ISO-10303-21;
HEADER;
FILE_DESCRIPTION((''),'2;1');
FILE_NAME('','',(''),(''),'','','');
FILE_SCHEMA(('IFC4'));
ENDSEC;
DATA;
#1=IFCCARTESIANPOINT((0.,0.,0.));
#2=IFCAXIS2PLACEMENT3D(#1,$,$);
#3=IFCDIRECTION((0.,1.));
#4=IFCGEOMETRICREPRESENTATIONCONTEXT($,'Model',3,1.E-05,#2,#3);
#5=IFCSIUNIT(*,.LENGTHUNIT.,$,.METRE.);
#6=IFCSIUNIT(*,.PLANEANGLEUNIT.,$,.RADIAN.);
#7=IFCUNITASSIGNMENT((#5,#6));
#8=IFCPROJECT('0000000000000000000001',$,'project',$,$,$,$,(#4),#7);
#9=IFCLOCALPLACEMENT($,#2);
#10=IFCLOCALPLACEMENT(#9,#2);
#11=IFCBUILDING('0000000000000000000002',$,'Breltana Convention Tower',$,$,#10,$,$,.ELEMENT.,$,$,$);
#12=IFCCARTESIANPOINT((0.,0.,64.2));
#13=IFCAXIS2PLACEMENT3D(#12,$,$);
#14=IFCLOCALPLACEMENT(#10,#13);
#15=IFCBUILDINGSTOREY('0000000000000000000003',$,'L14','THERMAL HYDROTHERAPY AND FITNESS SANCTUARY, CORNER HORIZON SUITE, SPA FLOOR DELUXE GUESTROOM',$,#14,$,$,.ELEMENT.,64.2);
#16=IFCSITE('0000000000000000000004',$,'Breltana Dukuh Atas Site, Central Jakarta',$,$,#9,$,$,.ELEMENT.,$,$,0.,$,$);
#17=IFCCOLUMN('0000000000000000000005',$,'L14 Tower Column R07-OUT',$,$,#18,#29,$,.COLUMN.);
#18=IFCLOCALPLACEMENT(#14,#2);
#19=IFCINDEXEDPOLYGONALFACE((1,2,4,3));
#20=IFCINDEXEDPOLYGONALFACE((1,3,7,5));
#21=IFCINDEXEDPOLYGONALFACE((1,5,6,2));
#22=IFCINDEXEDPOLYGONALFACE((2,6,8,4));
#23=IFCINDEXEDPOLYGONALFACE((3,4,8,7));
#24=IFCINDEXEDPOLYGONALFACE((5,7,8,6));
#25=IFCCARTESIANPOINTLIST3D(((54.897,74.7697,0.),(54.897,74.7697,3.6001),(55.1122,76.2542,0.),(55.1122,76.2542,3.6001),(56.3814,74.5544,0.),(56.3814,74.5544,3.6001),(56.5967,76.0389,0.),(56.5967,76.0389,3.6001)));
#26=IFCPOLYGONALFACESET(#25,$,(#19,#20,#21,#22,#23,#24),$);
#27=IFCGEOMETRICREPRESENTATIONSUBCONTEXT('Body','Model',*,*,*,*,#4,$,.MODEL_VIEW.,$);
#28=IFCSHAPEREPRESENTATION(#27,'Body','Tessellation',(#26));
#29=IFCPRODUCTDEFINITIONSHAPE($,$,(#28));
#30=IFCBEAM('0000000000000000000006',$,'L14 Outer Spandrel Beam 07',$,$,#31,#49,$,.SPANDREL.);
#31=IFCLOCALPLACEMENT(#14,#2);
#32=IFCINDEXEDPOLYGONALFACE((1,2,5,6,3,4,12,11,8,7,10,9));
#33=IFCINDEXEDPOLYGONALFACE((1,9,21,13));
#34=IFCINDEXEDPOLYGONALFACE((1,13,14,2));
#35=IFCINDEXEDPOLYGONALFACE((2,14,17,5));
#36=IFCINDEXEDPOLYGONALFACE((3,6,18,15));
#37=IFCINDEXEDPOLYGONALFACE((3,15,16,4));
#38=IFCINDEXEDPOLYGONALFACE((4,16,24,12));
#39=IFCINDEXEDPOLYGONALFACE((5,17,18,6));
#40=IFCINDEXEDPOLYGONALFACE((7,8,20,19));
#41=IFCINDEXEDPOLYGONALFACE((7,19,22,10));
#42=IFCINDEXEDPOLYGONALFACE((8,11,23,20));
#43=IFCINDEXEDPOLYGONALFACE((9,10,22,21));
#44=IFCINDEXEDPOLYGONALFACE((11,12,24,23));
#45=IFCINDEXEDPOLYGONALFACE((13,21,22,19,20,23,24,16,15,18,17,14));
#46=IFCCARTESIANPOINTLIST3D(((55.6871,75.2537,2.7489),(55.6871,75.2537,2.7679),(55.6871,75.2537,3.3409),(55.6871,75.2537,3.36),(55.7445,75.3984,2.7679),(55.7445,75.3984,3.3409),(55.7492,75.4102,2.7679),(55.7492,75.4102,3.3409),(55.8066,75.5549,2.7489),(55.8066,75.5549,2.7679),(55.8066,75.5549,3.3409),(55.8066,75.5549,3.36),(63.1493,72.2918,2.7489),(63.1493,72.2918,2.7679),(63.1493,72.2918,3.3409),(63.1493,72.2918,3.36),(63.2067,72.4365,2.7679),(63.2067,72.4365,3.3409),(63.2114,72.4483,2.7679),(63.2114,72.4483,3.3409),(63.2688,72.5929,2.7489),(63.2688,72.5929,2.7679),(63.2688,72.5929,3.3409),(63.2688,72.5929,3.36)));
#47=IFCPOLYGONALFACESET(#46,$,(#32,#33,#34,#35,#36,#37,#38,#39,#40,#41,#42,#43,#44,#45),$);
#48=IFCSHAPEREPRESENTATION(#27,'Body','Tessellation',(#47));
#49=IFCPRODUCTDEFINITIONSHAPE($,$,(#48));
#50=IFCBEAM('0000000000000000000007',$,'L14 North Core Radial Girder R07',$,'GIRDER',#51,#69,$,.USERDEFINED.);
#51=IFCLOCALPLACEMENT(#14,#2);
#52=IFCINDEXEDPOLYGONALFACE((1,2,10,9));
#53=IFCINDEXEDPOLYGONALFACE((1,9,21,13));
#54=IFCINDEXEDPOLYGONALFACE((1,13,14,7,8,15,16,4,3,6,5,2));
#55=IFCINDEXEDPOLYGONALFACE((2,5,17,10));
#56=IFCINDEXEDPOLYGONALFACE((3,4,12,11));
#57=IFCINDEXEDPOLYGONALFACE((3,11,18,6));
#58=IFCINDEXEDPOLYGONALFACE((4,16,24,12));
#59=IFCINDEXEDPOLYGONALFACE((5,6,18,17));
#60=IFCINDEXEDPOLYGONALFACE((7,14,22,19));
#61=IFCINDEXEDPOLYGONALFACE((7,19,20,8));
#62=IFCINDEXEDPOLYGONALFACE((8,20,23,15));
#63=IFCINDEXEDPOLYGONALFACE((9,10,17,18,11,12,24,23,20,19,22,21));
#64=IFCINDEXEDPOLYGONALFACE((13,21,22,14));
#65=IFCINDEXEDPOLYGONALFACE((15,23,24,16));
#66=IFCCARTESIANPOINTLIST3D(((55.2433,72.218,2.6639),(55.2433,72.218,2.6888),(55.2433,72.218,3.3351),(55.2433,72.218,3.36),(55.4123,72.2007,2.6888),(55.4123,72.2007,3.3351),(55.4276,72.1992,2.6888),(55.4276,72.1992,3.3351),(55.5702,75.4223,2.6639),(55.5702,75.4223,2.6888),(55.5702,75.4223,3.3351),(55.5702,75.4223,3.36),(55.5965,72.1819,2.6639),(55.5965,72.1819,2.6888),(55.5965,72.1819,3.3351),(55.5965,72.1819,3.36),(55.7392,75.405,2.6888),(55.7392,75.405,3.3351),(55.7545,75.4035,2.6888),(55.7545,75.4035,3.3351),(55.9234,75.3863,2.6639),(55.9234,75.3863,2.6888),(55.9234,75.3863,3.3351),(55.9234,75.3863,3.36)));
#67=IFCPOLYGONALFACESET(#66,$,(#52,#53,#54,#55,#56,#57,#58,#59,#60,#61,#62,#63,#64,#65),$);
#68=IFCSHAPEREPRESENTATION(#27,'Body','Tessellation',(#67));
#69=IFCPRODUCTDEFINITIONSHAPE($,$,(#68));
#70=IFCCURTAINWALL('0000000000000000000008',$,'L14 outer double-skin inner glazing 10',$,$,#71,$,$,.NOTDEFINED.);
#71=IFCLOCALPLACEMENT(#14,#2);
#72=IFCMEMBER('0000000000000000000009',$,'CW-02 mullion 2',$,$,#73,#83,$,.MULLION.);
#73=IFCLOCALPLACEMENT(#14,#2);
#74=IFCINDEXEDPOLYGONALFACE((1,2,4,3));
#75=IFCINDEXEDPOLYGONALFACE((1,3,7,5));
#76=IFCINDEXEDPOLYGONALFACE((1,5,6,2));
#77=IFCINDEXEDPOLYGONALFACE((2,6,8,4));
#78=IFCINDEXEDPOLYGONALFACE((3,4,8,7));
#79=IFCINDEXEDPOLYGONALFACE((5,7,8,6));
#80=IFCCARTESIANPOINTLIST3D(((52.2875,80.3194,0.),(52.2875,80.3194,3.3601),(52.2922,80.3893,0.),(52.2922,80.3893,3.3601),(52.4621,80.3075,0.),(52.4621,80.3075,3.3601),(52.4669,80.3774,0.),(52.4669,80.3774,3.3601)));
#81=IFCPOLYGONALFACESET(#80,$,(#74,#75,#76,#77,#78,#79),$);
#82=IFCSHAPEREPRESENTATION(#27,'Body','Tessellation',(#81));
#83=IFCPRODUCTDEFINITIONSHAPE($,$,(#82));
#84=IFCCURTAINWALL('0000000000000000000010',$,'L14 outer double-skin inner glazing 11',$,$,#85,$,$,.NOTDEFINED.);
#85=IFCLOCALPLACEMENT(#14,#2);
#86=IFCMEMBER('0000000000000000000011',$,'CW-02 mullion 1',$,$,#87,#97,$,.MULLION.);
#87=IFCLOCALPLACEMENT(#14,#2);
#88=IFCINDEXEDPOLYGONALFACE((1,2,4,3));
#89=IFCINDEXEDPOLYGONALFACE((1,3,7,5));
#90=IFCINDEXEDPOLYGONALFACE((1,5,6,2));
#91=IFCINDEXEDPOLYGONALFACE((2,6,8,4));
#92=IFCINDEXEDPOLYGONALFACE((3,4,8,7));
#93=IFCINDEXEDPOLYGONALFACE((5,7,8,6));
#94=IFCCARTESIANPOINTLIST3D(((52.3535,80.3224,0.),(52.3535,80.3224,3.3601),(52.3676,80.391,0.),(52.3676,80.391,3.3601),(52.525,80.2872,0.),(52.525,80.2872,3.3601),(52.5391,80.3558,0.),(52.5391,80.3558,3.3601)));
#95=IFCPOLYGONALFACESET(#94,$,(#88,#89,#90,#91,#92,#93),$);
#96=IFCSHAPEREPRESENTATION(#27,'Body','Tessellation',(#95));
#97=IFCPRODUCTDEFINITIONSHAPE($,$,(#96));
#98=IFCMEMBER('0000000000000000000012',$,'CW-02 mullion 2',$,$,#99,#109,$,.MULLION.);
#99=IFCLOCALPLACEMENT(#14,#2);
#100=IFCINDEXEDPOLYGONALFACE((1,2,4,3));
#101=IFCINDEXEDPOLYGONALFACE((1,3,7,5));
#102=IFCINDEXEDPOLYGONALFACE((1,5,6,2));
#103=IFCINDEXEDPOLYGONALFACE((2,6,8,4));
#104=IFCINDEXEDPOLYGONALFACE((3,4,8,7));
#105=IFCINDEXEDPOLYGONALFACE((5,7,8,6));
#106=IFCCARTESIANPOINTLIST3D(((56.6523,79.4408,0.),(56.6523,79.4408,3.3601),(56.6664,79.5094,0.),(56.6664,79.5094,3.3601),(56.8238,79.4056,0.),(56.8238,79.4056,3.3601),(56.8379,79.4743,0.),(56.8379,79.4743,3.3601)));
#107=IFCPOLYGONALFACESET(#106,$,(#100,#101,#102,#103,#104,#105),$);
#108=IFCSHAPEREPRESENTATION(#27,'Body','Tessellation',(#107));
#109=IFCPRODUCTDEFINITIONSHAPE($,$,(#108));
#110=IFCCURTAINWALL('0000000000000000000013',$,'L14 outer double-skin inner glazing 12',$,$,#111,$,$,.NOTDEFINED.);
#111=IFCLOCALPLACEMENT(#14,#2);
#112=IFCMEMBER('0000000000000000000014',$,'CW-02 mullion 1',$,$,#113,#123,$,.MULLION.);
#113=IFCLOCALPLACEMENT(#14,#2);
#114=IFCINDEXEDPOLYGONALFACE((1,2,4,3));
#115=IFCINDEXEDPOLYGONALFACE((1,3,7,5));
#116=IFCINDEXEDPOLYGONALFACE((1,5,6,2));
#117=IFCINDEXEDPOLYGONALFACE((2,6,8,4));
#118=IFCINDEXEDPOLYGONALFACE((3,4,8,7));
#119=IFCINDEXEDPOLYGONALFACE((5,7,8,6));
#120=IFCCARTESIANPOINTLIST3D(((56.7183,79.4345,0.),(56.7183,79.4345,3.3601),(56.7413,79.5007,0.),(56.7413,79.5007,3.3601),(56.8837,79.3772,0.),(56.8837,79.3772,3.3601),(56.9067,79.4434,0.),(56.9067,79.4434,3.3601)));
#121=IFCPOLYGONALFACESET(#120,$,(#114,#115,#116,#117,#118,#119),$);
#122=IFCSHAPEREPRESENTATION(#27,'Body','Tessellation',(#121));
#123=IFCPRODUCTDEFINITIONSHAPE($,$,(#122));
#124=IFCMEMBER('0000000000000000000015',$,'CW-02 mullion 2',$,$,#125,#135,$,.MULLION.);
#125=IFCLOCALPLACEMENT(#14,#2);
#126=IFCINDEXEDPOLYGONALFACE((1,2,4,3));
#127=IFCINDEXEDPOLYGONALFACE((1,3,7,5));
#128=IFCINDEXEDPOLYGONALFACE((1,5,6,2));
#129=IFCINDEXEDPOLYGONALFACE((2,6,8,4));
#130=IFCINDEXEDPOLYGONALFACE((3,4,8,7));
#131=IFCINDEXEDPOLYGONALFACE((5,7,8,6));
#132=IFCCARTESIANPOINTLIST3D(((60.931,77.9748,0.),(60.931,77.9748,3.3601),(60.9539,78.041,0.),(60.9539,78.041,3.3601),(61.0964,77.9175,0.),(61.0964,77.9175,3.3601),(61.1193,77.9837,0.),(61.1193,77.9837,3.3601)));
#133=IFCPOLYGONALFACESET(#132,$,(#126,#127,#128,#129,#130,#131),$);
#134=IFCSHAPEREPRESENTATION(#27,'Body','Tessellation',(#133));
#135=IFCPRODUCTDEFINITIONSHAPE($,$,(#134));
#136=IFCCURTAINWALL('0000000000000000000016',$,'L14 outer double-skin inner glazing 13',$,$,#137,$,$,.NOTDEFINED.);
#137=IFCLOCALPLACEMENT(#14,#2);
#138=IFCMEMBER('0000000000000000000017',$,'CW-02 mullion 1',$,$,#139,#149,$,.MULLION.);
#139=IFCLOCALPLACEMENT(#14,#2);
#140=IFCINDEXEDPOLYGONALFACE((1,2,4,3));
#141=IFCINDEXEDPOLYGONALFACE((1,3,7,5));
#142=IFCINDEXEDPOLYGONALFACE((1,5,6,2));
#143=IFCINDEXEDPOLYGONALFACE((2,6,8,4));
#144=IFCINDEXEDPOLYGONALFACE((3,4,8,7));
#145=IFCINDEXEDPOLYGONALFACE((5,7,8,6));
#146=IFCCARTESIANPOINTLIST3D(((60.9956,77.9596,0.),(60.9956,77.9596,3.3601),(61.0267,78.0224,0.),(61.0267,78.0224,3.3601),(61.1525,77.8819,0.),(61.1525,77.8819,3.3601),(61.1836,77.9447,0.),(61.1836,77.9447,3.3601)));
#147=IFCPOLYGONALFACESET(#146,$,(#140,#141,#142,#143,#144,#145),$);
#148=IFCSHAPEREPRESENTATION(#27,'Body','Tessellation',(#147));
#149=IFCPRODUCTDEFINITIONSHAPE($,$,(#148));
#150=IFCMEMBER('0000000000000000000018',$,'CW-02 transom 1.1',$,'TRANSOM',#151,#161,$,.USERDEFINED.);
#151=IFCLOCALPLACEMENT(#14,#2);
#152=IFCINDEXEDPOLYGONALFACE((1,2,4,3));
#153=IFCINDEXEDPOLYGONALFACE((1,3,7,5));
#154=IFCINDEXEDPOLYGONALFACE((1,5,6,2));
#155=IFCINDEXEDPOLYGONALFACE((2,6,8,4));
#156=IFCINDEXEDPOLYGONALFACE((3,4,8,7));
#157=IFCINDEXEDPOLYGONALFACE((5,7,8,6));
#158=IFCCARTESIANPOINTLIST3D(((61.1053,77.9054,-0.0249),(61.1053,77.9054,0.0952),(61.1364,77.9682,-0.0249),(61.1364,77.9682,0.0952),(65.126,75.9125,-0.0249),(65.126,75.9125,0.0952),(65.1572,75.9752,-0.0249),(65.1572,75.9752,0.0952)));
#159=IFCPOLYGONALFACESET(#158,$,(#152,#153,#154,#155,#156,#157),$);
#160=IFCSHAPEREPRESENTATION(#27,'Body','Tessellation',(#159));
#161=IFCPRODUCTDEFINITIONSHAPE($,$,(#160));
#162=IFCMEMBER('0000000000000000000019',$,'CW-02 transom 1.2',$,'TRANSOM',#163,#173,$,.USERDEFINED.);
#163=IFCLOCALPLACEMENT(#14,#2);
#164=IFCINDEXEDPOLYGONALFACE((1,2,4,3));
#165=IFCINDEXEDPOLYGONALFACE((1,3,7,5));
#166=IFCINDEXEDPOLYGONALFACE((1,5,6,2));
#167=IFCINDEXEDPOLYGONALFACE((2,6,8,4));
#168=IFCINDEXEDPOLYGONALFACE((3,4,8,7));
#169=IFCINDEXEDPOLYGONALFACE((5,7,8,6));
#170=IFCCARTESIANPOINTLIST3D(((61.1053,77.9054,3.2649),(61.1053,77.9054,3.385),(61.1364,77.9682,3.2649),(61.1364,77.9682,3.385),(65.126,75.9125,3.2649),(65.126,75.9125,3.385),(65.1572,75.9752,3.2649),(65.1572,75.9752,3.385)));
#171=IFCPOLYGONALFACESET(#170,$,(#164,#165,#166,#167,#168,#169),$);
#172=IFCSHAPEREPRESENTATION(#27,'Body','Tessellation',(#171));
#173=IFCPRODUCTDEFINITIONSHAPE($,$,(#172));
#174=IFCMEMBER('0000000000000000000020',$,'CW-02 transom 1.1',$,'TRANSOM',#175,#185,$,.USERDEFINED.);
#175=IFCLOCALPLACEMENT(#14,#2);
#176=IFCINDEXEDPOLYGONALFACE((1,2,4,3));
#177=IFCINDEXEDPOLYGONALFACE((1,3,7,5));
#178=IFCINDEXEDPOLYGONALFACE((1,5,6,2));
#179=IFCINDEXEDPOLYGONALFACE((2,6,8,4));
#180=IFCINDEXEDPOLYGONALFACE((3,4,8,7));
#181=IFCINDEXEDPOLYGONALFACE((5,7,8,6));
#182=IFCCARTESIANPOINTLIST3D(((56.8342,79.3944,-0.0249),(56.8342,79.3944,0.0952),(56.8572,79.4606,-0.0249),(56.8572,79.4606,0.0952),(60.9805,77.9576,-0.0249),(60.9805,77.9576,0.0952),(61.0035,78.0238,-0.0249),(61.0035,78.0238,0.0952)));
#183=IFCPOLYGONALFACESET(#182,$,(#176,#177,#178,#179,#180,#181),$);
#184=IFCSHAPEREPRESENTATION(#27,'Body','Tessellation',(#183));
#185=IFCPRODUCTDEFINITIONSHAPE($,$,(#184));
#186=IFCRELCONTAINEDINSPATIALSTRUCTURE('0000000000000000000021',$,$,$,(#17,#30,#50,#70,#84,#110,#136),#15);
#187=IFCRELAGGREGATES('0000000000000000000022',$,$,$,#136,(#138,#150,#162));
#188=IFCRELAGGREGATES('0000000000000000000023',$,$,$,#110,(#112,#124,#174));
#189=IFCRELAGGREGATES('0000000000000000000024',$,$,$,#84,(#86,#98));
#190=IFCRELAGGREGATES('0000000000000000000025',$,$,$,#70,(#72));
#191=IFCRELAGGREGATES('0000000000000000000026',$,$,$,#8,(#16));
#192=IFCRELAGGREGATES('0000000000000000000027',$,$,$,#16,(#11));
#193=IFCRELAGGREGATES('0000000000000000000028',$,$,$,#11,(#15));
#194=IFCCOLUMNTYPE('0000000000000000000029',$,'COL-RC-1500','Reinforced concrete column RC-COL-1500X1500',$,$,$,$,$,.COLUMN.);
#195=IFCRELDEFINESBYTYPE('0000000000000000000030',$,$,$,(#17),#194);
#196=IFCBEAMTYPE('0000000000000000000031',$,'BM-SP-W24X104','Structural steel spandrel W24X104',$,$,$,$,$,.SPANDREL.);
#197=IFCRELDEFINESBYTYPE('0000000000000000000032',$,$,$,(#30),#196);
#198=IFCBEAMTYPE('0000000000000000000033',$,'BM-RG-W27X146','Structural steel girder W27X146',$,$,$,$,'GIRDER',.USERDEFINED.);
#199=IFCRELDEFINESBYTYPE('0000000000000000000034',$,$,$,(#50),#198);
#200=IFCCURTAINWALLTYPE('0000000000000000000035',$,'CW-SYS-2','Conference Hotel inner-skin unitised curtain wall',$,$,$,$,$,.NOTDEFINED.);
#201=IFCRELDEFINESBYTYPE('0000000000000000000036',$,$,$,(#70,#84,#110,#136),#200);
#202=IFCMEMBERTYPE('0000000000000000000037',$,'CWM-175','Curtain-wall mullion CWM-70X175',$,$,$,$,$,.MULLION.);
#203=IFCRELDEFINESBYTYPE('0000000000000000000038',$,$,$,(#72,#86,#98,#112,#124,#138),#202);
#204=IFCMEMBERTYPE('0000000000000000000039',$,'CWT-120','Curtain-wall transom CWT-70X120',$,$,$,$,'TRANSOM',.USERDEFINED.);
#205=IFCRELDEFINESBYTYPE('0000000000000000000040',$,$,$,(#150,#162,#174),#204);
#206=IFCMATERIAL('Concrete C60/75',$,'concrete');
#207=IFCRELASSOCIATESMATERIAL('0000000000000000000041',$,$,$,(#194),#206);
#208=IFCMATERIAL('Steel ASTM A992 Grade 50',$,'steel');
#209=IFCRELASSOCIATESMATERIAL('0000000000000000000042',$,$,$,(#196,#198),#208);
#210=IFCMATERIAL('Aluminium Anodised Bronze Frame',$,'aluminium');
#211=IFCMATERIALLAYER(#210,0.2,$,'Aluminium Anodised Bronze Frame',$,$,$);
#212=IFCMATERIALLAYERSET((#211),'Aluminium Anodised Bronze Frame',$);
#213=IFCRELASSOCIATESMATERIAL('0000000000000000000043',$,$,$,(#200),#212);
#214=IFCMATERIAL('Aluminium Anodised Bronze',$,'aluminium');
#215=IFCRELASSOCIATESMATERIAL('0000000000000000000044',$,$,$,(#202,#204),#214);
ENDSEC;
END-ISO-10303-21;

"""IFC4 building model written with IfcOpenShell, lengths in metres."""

from ifc_helpers import new_model, si_unit, direction, frame, origin, origin_2d, place, context, subcontext, project, spatial, rectangle, i_section, extrude, source, transform, mapped, material, layer, layer_set, material_profile, profile_set, type_object, type_shapes, element, aggregate, save


model = new_model("IFC4")

# Units and contexts
model_context = context("Model", 3, precision=1e-05, world=origin(), true_north=direction((0.0, 1.0)))
body_context = subcontext(model_context, "Body", "Model", "MODEL_VIEW")
ifc_project = project(units=[si_unit("LENGTHUNIT", "METRE"), si_unit("PLANEANGLEUNIT", "RADIAN")], contexts=[model_context])

# Site, building, storey
site_placement = place(None, origin())
site = spatial("IfcSite", under=ifc_project, at=site_placement, Name="Breltana Dukuh Atas Site, Central Jakarta", CompositionType="ELEMENT", RefElevation=0.0)
building_placement = place(site_placement, origin())
building = spatial("IfcBuilding", under=site, at=building_placement, Name="Breltana Convention Tower", CompositionType="ELEMENT")
storey_placement = place(building_placement, frame((0.0, 0.0, 64.2)))
storey = spatial("IfcBuildingStorey", under=building, at=storey_placement, Name="L14", Description="THERMAL HYDROTHERAPY AND FITNESS SANCTUARY, CORNER HORIZON SUITE, SPA FLOOR DELUXE GUESTROOM", CompositionType="ELEMENT", Elevation=64.2)

# Column
ifc_material_1 = material(Name="Concrete C60/75", Category="concrete")
ifc_material_profile_1 = material_profile(ifc_material_1, rectangle(XDim=1.5, YDim=1.5, at=origin_2d()), Name="RC-COL-1500X1500")
ifc_profile_set_1 = profile_set([ifc_material_profile_1], Name="Concrete C60/75")
column_type = type_object("IfcColumnType", Name="COL-RC-1500", Description="Reinforced concrete column RC-COL-1500X1500", PredefinedType="COLUMN", material=ifc_profile_set_1)
shared_shape_1 = source(origin(), body_context, "Body", "SweptSolid", [
    extrude(rectangle(XDim=1.5, YDim=1.5, at=origin_2d()), origin(), (0.0, 0.0, 1.0), 3.6001),
])
column_placement = place(storey_placement, frame((55.7468, 75.4043, 0.0), z_axis=(0.0, 0.0, 1.0), x_axis=(0.143493, 0.989651, 0.0)))
element("IfcColumn", 1, at=column_placement, inside=storey, type_object=column_type, Name="L14 Tower Column R07-OUT", PredefinedType="COLUMN", context=body_context, shape_type="MappedRepresentation", body=[
    mapped(shared_shape_1, transform((0.0, 0.0, 0.0), scale=1.0)),
])

# Beams
ifc_material_2 = material(Name="Steel ASTM A992 Grade 50", Category="steel")
ifc_material_profile_2 = material_profile(ifc_material_2, i_section(OverallWidth=0.324, OverallDepth=0.6111, WebThickness=0.0127, FlangeThickness=0.019, at=origin_2d()), Name="W24X104")
ifc_profile_set_2 = profile_set([ifc_material_profile_2], Name="Steel ASTM A992 Grade 50")
beam_type_1 = type_object("IfcBeamType", Name="BM-SP-W24X104", Description="Structural steel spandrel W24X104", PredefinedType="SPANDREL", material=ifc_profile_set_2)
shared_shape_2 = source(origin(), body_context, "Body", "SweptSolid", [
    extrude(i_section(OverallWidth=0.324, OverallDepth=0.6111, WebThickness=0.0127, FlangeThickness=0.019, at=origin_2d()), origin(), (0.0, 0.0, 1.0), 8.0286),
])
beam_1_placement = place(storey_placement, frame((55.7468, 75.4043, 3.0544), z_axis=(0.929459, -0.368925, 0.0), x_axis=(0.368925, 0.929459, 0.0)))
element("IfcBeam", 2, at=beam_1_placement, inside=storey, type_object=beam_type_1, Name="L14 Outer Spandrel Beam 07", PredefinedType="SPANDREL", context=body_context, shape_type="MappedRepresentation", body=[
    mapped(shared_shape_2, transform((0.0, 0.0, 0.0), scale=1.0)),
])
ifc_material_profile_3 = material_profile(ifc_material_2, i_section(OverallWidth=0.355, OverallDepth=0.696, WebThickness=0.0154, FlangeThickness=0.0249, at=origin_2d()), Name="W27X146")
ifc_profile_set_3 = profile_set([ifc_material_profile_3], Name="Steel ASTM A992 Grade 50")
beam_type_2 = type_object("IfcBeamType", Name="BM-RG-W27X146", Description="Structural steel girder W27X146", ElementType="GIRDER", PredefinedType="USERDEFINED", material=ifc_profile_set_3)
shared_shape_3 = source(origin(), body_context, "Body", "SweptSolid", [
    extrude(i_section(OverallWidth=0.355, OverallDepth=0.696, WebThickness=0.0154, FlangeThickness=0.0249, at=origin_2d()), origin(), (0.0, 0.0, 1.0), 3.2209),
])
beam_2_placement = place(storey_placement, frame((55.4199, 72.2, 3.012), z_axis=(0.101492, 0.994836, 0.0), x_axis=(-0.994836, 0.101492, 0.0)))
element("IfcBeam", 3, at=beam_2_placement, inside=storey, type_object=beam_type_2, Name="L14 North Core Radial Girder R07", ObjectType="GIRDER", PredefinedType="USERDEFINED", context=body_context, shape_type="MappedRepresentation", body=[
    mapped(shared_shape_3, transform((0.0, 0.0, 0.0), scale=1.0)),
])

# Curtain wall, member
ifc_material_3 = material(Name="Aluminium Anodised Bronze Frame", Category="aluminium")
ifc_layer_1 = layer(ifc_material_3, 0.2, Name="Aluminium Anodised Bronze Frame")
ifc_layer_set_1 = layer_set([ifc_layer_1], Name="Aluminium Anodised Bronze Frame")
curtain_wall_type = type_object("IfcCurtainWallType", Name="CW-SYS-2", Description="Conference Hotel inner-skin unitised curtain wall", PredefinedType="NOTDEFINED", material=ifc_layer_set_1)
curtain_wall_1_placement = place(storey_placement, origin())
curtain_wall_1 = element("IfcCurtainWall", 4, at=curtain_wall_1_placement, inside=storey, type_object=curtain_wall_type, Name="L14 outer double-skin inner glazing 10", PredefinedType="NOTDEFINED")
ifc_material_4 = material(Name="Aluminium Anodised Bronze", Category="aluminium")
ifc_material_profile_4 = material_profile(ifc_material_4, rectangle(XDim=0.0701, YDim=0.175, at=origin_2d()), Name="CWM-70X175")
ifc_profile_set_4 = profile_set([ifc_material_profile_4], Name="Aluminium Anodised Bronze")
member_type_1 = type_object("IfcMemberType", Name="CWM-175", Description="Curtain-wall mullion CWM-70X175", PredefinedType="MULLION", material=ifc_profile_set_4)
shared_shape_4 = source(origin(), body_context, "Body", "SweptSolid", [
    extrude(rectangle(XDim=0.0701, YDim=0.175, at=origin_2d()), origin(), (0.0, 0.0, 1.0), 3.3601),
])
type_shapes(member_type_1, [shared_shape_4])
member_1_placement = place(storey_placement, frame((52.3772, 80.3484, 0.0), z_axis=(0.0, 0.0, 1.0), x_axis=(0.067726, 0.997704, 0.0)))
member_1 = element("IfcMember", 5, at=member_1_placement, type_object=member_type_1, Name="CW-02 mullion 2", PredefinedType="MULLION", context=body_context, shape_type="MappedRepresentation", body=[
    mapped(shared_shape_4, transform((0.0, 0.0, 0.0), scale=1.0)),
])

# Curtain walls, members
curtain_wall_2_placement = place(storey_placement, origin())
curtain_wall_2 = element("IfcCurtainWall", 6, at=curtain_wall_2_placement, inside=storey, type_object=curtain_wall_type, Name="L14 outer double-skin inner glazing 11", PredefinedType="NOTDEFINED")
member_2_placement = place(storey_placement, frame((52.4463, 80.3391, 0.0), z_axis=(0.0, 0.0, 1.0), x_axis=(0.200885, 0.979615, 0.0)))
member_2 = element("IfcMember", 7, at=member_2_placement, type_object=member_type_1, Name="CW-02 mullion 1", PredefinedType="MULLION", context=body_context, shape_type="MappedRepresentation", body=[
    mapped(shared_shape_4, transform((0.0, 0.0, 0.0), scale=1.0)),
])
member_3_placement = place(storey_placement, frame((56.7451, 79.4575, 0.0), z_axis=(0.0, 0.0, 1.0), x_axis=(0.200885, 0.979615, 0.0)))
member_3 = element("IfcMember", 8, at=member_3_placement, type_object=member_type_1, Name="CW-02 mullion 2", PredefinedType="MULLION", context=body_context, shape_type="MappedRepresentation", body=[
    mapped(shared_shape_4, transform((0.0, 0.0, 0.0), scale=1.0)),
])
curtain_wall_3_placement = place(storey_placement, origin())
curtain_wall_3 = element("IfcCurtainWall", 9, at=curtain_wall_3_placement, inside=storey, type_object=curtain_wall_type, Name="L14 outer double-skin inner glazing 12", PredefinedType="NOTDEFINED")
member_4_placement = place(storey_placement, frame((56.8125, 79.439, 0.0), z_axis=(0.0, 0.0, 1.0), x_axis=(0.327428, 0.944876, 0.0)))
member_4 = element("IfcMember", 10, at=member_4_placement, type_object=member_type_1, Name="CW-02 mullion 1", PredefinedType="MULLION", context=body_context, shape_type="MappedRepresentation", body=[
    mapped(shared_shape_4, transform((0.0, 0.0, 0.0), scale=1.0)),
])
member_5_placement = place(storey_placement, frame((61.0251, 77.9792, 0.0), z_axis=(0.0, 0.0, 1.0), x_axis=(0.327428, 0.944876, 0.0)))
member_5 = element("IfcMember", 11, at=member_5_placement, type_object=member_type_1, Name="CW-02 mullion 2", PredefinedType="MULLION", context=body_context, shape_type="MappedRepresentation", body=[
    mapped(shared_shape_4, transform((0.0, 0.0, 0.0), scale=1.0)),
])
curtain_wall_4_placement = place(storey_placement, origin())
curtain_wall_4 = element("IfcCurtainWall", 12, at=curtain_wall_4_placement, inside=storey, type_object=curtain_wall_type, Name="L14 outer double-skin inner glazing 13", PredefinedType="NOTDEFINED")
member_6_placement = place(storey_placement, frame((61.0896, 77.9521, 0.0), z_axis=(0.0, 0.0, 1.0), x_axis=(0.444108, 0.895973, 0.0)))
member_6 = element("IfcMember", 13, at=member_6_placement, type_object=member_type_1, Name="CW-02 mullion 1", PredefinedType="MULLION", context=body_context, shape_type="MappedRepresentation", body=[
    mapped(shared_shape_4, transform((0.0, 0.0, 0.0), scale=1.0)),
])
ifc_material_profile_5 = material_profile(ifc_material_4, rectangle(XDim=0.0701, YDim=0.1201, at=origin_2d()), Name="CWT-70X120")
ifc_profile_set_5 = profile_set([ifc_material_profile_5], Name="Aluminium Anodised Bronze")
member_type_2 = type_object("IfcMemberType", Name="CWT-120", Description="Curtain-wall transom CWT-70X120", ElementType="TRANSOM", PredefinedType="USERDEFINED", material=ifc_profile_set_5)
shared_shape_5 = source(origin(), body_context, "Body", "SweptSolid", [
    extrude(rectangle(XDim=0.0701, YDim=0.1201, at=origin_2d()), origin(), (0.0, 0.0, 1.0), 4.4875),
])
member_7_placement = place(storey_placement, frame((61.1208, 77.9368, 0.0352), z_axis=(0.895978, -0.444099, 0.0), x_axis=(0.444099, 0.895978, 0.0)))
member_7 = element("IfcMember", 14, at=member_7_placement, type_object=member_type_2, Name="CW-02 transom 1.1", ObjectType="TRANSOM", PredefinedType="USERDEFINED", context=body_context, shape_type="MappedRepresentation", body=[
    mapped(shared_shape_5, transform((0.0, 0.0, 0.0), scale=1.0)),
])
member_8_placement = place(storey_placement, frame((61.1208, 77.9368, 3.325), z_axis=(0.895978, -0.444099, 0.0), x_axis=(0.444099, 0.895978, 0.0)))
member_8 = element("IfcMember", 15, at=member_8_placement, type_object=member_type_2, Name="CW-02 transom 1.2", ObjectType="TRANSOM", PredefinedType="USERDEFINED", context=body_context, shape_type="MappedRepresentation", body=[
    mapped(shared_shape_5, transform((0.0, 0.0, 0.0), scale=1.0)),
])
aggregate(curtain_wall_4, [member_6, member_7, member_8])

# Member
shared_shape_6 = source(origin(), body_context, "Body", "SweptSolid", [
    extrude(rectangle(XDim=0.0701, YDim=0.1201, at=origin_2d()), origin(), (0.0, 0.0, 1.0), 4.3882),
])
member_9_placement = place(storey_placement, frame((56.8457, 79.4275, 0.0352), z_axis=(0.944878, -0.327422, 0.0), x_axis=(0.327422, 0.944878, 0.0)))
member_9 = element("IfcMember", 16, at=member_9_placement, type_object=member_type_2, Name="CW-02 transom 1.1", ObjectType="TRANSOM", PredefinedType="USERDEFINED", context=body_context, shape_type="MappedRepresentation", body=[
    mapped(shared_shape_6, transform((0.0, 0.0, 0.0), scale=1.0)),
])

aggregate(curtain_wall_3, [member_4, member_5, member_9])
aggregate(curtain_wall_2, [member_2, member_3])
aggregate(curtain_wall_1, [member_1])

save(model, "model.ifc")
